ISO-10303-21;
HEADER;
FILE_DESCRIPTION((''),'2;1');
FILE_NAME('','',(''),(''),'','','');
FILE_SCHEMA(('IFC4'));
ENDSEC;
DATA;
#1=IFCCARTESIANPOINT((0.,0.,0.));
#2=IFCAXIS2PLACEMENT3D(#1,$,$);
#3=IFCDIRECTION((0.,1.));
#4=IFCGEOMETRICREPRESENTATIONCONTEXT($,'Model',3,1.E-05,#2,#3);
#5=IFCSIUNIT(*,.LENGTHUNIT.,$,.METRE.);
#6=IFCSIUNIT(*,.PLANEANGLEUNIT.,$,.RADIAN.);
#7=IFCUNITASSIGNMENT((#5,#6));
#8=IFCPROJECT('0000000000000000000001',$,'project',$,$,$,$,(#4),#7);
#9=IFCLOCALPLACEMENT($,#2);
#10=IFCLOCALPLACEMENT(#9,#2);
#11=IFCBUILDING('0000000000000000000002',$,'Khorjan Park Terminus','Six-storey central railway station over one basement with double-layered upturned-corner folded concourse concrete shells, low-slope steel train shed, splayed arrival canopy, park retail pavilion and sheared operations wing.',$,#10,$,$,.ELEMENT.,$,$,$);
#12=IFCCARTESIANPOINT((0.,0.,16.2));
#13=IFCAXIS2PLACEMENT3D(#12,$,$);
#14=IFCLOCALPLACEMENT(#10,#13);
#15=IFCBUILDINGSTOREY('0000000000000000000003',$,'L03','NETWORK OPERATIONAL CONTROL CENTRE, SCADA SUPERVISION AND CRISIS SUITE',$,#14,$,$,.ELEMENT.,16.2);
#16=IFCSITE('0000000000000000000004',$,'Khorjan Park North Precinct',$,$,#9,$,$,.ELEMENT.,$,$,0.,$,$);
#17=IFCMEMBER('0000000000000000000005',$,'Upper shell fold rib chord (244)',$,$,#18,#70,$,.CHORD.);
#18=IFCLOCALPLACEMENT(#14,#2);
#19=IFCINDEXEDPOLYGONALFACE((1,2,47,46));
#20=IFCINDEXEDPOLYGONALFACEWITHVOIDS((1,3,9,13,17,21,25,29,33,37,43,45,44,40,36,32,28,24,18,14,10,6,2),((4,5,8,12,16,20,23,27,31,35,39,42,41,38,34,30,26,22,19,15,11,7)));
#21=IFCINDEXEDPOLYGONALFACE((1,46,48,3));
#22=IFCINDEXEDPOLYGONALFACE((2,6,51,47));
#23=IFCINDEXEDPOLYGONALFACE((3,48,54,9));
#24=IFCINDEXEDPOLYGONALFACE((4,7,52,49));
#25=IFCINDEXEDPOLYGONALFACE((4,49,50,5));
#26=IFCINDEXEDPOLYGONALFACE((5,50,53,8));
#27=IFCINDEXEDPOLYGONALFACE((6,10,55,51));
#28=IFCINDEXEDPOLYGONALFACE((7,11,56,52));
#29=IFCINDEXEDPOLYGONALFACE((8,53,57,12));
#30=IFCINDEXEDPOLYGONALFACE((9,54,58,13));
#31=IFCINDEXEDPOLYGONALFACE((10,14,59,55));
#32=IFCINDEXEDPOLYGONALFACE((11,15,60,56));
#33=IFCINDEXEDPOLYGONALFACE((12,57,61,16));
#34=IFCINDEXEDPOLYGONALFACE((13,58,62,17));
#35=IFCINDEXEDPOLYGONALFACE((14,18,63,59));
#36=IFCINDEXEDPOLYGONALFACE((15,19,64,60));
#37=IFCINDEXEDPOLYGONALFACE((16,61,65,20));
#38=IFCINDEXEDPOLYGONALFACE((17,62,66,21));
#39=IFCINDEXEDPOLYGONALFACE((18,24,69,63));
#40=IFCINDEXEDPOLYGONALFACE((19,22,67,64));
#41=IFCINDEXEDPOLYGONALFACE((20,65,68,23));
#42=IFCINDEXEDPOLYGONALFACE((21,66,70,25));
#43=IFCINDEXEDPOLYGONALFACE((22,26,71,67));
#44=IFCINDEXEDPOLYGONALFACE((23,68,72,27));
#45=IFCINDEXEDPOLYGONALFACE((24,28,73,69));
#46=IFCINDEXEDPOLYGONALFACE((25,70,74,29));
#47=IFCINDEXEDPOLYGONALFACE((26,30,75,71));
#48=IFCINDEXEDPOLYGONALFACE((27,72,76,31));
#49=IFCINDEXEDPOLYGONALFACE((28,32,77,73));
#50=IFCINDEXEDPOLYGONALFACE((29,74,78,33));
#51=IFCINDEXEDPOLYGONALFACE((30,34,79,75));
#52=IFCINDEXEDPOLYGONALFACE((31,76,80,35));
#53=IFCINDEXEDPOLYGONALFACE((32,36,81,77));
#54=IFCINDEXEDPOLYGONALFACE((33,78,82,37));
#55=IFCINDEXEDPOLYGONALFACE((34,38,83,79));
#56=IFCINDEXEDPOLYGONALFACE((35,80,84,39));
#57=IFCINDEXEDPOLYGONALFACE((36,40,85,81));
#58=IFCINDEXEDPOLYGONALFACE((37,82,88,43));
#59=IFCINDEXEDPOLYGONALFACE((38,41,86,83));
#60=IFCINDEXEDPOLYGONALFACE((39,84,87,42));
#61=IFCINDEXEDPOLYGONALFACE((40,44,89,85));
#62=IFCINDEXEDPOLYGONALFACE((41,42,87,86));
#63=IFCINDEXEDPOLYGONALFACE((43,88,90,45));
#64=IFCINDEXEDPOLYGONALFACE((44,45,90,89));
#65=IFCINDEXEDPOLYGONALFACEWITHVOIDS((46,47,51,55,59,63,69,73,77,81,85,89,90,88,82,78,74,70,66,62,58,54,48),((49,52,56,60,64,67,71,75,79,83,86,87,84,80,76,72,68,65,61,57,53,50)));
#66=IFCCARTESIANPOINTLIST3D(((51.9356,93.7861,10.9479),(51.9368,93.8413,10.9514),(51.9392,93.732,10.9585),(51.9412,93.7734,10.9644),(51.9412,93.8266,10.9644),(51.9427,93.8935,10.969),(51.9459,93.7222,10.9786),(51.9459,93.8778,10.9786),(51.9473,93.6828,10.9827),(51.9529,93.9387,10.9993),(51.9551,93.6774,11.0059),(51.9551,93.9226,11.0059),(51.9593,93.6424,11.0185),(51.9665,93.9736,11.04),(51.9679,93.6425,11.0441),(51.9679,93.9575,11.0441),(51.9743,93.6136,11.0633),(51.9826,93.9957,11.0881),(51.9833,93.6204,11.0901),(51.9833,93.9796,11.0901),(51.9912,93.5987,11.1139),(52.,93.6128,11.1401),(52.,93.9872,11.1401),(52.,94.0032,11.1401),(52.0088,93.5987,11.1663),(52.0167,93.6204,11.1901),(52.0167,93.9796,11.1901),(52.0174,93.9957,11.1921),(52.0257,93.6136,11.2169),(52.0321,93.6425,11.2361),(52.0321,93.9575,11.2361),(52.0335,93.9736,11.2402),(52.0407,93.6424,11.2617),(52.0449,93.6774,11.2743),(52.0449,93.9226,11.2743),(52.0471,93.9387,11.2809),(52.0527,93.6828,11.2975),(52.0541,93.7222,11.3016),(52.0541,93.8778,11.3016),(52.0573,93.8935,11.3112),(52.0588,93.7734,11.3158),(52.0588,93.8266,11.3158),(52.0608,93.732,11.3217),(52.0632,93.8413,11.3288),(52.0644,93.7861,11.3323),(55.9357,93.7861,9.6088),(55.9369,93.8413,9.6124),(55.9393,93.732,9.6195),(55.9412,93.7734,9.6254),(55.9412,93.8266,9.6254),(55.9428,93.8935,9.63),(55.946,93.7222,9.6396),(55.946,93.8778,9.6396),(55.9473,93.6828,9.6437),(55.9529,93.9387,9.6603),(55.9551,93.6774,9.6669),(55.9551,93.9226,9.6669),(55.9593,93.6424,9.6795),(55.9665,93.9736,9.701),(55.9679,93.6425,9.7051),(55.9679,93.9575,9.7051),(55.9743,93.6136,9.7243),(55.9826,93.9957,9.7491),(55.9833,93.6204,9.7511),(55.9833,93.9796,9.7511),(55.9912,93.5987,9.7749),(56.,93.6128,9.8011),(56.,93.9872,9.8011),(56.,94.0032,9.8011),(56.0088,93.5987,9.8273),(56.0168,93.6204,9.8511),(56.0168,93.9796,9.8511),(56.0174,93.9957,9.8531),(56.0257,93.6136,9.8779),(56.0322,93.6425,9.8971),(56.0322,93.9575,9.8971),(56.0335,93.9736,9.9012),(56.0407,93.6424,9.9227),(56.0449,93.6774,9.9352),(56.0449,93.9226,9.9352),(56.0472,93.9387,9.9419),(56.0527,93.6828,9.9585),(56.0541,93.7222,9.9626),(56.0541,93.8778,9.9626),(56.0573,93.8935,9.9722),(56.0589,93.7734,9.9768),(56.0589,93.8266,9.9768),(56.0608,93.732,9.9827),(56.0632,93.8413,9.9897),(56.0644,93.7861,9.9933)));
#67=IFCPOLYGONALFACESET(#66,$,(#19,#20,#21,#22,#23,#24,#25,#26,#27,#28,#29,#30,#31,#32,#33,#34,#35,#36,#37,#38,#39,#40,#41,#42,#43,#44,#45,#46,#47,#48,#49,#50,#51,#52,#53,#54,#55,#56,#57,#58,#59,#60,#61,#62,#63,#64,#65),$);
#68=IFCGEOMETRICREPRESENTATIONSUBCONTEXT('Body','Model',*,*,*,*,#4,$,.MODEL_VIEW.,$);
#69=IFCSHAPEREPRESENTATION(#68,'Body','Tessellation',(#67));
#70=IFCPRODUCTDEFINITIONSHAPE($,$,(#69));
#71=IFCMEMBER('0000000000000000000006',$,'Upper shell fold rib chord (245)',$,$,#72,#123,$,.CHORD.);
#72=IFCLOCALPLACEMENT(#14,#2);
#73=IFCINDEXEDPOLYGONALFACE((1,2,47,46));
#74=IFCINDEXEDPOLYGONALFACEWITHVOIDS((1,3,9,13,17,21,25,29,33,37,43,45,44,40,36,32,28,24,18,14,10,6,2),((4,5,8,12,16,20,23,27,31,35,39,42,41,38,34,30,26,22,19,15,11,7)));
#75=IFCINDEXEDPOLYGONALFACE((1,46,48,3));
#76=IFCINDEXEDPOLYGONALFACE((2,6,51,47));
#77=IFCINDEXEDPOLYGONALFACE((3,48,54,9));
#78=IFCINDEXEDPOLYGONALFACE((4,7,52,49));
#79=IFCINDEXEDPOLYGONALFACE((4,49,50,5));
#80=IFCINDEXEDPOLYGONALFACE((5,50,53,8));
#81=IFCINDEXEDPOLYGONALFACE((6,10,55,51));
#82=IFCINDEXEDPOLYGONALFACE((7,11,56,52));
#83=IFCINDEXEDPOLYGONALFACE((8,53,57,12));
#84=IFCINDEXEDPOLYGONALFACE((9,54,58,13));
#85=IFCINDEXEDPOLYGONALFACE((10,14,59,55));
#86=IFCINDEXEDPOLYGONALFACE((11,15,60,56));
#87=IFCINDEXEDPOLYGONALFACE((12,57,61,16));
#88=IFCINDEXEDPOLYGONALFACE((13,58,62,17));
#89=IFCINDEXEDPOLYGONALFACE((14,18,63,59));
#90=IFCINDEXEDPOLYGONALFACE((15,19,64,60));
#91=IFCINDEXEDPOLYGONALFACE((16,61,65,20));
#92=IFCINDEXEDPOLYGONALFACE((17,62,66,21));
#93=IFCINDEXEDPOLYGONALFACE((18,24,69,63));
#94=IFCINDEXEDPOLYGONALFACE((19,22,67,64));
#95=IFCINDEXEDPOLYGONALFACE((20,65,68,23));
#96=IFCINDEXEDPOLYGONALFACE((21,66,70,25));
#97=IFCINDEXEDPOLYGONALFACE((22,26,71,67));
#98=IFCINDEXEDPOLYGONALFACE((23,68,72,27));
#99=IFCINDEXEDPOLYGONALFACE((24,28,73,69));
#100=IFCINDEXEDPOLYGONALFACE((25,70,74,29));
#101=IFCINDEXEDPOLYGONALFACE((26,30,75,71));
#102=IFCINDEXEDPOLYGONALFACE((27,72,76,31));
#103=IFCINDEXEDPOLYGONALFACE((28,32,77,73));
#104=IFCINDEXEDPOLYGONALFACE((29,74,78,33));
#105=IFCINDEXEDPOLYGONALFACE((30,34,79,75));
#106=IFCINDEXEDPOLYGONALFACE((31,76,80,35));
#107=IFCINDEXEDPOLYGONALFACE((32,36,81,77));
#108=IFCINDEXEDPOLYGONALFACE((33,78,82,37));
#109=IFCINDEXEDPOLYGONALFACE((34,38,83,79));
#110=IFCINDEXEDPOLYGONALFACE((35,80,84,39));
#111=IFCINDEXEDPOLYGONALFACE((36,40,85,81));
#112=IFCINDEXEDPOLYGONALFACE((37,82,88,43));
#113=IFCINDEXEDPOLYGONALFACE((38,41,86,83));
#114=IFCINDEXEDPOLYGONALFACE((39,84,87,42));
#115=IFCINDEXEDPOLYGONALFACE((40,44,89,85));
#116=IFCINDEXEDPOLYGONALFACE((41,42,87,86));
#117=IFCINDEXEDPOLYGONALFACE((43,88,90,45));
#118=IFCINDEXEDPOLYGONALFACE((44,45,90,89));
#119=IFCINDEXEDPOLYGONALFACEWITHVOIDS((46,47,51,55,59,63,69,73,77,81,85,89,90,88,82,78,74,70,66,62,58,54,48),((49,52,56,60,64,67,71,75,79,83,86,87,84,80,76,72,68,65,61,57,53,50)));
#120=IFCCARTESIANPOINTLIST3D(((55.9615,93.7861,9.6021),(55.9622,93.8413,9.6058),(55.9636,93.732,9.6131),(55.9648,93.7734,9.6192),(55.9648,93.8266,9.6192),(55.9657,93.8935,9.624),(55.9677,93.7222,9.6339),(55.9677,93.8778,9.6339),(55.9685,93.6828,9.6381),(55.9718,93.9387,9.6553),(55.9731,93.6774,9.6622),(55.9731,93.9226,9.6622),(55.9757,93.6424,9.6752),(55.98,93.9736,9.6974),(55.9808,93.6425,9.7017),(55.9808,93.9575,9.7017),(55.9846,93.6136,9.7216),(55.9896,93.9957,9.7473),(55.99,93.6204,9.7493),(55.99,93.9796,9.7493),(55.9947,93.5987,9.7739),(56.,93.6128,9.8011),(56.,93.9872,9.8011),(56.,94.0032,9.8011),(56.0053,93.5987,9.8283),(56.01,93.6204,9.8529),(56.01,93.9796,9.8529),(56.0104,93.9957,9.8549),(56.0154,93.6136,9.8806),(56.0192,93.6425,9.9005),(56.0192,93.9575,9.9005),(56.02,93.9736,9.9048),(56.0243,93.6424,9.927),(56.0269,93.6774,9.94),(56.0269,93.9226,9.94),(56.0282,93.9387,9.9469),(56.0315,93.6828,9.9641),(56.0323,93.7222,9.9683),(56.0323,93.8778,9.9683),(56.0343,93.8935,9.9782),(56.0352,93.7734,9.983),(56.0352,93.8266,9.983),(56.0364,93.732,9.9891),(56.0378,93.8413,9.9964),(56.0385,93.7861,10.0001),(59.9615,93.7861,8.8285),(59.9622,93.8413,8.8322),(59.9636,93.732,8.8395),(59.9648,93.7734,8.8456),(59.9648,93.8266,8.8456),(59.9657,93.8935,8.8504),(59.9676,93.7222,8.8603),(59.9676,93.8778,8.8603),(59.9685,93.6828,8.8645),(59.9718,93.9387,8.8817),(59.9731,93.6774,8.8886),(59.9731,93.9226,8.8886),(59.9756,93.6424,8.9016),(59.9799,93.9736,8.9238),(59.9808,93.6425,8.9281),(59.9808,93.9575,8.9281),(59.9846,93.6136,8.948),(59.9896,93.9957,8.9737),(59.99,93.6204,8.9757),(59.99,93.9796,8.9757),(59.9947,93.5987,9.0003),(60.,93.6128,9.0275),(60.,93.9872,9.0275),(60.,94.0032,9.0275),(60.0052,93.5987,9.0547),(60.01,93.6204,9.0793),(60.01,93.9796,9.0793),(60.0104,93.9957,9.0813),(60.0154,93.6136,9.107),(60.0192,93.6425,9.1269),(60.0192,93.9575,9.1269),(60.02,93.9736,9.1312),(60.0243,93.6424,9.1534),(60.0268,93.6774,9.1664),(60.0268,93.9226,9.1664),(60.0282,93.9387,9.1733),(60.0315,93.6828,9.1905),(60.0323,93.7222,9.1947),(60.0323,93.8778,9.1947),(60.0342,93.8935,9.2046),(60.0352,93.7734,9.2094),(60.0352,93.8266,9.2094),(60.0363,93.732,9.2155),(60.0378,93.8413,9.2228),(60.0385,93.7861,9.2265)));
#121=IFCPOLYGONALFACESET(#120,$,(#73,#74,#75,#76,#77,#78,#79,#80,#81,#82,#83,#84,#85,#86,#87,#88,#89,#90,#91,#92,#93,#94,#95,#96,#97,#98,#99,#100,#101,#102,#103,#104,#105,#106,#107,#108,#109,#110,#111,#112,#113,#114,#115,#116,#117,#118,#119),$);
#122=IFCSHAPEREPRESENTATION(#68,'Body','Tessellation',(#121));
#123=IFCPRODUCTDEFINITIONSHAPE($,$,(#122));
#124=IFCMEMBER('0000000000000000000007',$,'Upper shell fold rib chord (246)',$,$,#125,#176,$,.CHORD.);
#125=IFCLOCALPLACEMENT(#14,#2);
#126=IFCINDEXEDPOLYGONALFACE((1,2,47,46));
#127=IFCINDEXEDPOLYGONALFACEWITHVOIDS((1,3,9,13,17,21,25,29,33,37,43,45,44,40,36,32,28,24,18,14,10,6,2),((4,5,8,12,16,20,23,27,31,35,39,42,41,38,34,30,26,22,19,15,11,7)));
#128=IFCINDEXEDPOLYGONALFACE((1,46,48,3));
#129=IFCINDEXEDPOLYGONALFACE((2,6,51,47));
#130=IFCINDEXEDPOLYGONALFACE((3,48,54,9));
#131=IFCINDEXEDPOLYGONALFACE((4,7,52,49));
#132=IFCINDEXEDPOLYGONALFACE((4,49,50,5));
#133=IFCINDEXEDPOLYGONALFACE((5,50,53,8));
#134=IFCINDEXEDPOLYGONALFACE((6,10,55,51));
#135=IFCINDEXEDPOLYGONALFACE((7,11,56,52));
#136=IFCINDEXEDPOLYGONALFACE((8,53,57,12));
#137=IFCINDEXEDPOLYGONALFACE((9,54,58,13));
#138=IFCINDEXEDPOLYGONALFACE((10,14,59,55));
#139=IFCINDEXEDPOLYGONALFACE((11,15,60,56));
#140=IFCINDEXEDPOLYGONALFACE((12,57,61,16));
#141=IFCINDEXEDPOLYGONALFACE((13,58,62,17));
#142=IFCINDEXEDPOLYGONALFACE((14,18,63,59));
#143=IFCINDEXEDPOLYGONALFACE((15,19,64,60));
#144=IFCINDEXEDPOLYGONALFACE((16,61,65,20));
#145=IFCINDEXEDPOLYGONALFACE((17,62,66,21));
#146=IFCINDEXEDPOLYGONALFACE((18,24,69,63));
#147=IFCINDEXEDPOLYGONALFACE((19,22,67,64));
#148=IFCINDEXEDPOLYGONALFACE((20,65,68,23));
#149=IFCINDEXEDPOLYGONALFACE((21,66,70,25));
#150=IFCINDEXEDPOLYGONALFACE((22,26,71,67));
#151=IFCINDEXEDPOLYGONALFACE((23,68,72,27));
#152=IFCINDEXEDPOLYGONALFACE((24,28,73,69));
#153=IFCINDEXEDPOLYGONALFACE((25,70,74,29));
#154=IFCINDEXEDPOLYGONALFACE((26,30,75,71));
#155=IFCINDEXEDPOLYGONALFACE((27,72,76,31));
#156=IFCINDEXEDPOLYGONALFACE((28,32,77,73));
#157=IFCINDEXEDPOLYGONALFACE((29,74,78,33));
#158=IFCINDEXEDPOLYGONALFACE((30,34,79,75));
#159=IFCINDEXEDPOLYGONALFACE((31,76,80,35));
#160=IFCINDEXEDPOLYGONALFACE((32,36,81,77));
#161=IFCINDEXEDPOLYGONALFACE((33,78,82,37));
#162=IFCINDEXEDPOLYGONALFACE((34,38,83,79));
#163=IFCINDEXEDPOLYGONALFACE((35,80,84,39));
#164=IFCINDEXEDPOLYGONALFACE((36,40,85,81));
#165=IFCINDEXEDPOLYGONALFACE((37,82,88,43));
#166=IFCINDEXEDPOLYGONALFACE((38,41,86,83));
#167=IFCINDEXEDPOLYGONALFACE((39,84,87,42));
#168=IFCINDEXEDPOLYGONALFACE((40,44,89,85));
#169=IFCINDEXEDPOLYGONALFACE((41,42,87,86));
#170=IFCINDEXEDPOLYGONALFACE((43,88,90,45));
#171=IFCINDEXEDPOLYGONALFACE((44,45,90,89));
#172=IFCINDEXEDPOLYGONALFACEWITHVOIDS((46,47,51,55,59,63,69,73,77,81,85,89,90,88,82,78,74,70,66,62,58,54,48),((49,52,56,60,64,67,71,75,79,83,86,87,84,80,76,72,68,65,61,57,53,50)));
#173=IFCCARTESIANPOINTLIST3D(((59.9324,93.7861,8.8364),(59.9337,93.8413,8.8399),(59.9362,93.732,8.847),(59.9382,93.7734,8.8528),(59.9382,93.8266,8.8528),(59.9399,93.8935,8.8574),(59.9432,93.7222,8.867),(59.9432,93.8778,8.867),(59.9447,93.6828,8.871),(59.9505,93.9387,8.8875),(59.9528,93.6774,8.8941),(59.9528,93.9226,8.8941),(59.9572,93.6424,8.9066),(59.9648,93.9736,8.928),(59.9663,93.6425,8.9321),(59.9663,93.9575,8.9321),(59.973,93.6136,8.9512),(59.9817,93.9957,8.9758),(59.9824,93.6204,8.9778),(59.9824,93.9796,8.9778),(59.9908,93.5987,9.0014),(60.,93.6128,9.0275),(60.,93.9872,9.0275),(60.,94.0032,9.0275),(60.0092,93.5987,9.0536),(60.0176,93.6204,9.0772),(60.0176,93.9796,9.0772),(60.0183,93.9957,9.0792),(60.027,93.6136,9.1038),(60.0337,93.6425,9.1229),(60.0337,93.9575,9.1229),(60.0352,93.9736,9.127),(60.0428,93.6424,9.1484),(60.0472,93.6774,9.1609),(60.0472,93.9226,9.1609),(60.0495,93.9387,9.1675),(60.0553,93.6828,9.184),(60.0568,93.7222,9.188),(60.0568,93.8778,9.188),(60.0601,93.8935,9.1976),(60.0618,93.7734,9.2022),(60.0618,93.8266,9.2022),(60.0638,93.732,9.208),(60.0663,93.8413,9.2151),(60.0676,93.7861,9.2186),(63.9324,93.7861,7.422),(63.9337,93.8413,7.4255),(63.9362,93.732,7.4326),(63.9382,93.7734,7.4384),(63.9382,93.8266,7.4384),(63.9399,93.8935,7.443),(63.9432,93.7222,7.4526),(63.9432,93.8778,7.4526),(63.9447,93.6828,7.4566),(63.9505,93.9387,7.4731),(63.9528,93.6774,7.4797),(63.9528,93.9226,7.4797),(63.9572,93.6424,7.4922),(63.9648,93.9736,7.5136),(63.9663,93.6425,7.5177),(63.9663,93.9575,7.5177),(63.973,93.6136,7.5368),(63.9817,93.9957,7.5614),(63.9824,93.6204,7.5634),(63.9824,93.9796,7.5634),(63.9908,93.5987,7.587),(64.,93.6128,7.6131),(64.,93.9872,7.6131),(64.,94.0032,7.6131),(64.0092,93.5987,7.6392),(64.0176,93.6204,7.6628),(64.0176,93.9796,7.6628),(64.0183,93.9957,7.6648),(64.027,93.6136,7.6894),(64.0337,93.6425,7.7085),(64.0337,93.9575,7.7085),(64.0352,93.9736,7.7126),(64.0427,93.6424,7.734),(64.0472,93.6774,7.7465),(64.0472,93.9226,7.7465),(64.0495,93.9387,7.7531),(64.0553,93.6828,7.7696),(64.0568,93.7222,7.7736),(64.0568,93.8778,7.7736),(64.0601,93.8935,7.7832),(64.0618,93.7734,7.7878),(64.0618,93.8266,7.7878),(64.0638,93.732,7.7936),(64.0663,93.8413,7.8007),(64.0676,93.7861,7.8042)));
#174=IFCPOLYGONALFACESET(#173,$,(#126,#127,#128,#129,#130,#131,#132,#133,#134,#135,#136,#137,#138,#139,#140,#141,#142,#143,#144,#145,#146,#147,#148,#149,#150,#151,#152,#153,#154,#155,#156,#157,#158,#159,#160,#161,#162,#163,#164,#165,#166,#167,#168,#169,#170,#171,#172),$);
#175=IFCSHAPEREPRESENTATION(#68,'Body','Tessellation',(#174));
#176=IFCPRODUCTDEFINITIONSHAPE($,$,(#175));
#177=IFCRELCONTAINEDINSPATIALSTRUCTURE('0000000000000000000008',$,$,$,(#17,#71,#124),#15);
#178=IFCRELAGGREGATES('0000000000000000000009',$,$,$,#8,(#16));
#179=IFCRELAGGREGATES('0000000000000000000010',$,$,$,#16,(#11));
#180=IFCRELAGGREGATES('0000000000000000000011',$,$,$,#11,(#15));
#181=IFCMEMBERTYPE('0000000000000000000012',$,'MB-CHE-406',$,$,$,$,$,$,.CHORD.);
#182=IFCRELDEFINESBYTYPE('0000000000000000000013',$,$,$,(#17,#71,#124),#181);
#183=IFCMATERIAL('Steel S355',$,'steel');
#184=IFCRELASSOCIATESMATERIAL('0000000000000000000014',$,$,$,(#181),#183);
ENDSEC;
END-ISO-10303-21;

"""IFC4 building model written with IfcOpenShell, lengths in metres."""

from ifc_helpers import new_model, si_unit, direction, frame, origin, origin_2d, place, context, subcontext, project, spatial, hollow_circle, extrude, material, material_profile, profile_set, type_object, element, save


model = new_model("IFC4")

# Units and contexts
model_context = context("Model", 3, precision=1e-05, world=origin(), true_north=direction((0.0, 1.0)))
body_context = subcontext(model_context, "Body", "Model", "MODEL_VIEW")
ifc_project = project(units=[si_unit("LENGTHUNIT", "METRE"), si_unit("PLANEANGLEUNIT", "RADIAN")], contexts=[model_context])

# Site, building, storey
site_placement = place(None, origin())
site = spatial("IfcSite", under=ifc_project, at=site_placement, Name="Khorjan Park North Precinct", CompositionType="ELEMENT", RefElevation=0.0)
building_placement = place(site_placement, origin())
building = spatial("IfcBuilding", under=site, at=building_placement, Name="Khorjan Park Terminus", Description="Six-storey central railway station over one basement with double-layered upturned-corner folded concourse concrete shells, low-slope steel train shed, splayed arrival canopy, park retail pavilion and sheared operations wing.", CompositionType="ELEMENT")
storey_placement = place(building_placement, frame((0.0, 0.0, 16.2)))
storey = spatial("IfcBuildingStorey", under=building, at=storey_placement, Name="L03", Description="NETWORK OPERATIONAL CONTROL CENTRE, SCADA SUPERVISION AND CRISIS SUITE", CompositionType="ELEMENT", Elevation=16.2)

# Members
ifc_material_1 = material(Name="Steel S355", Category="steel")
ifc_material_profile_1 = material_profile(ifc_material_1, hollow_circle(Radius=0.2032, WallThickness=0.016, at=origin_2d()), Name="CHS 406.4x16")
ifc_profile_set_1 = profile_set([ifc_material_profile_1], Name="Steel S355")
member_type_1 = type_object("IfcMemberType", Name="MB-CHE-406", PredefinedType="CHORD", material=ifc_profile_set_1)
member_1_placement = place(storey_placement, frame((52.0, 93.8, 11.1401), z_axis=(0.94828, 0.0, -0.317437), x_axis=(0.0, 1.0, 0.0)))
element("IfcMember", 1, at=member_1_placement, inside=storey, type_object=member_type_1, Name="Upper shell fold rib chord (244)", PredefinedType="CHORD", context=body_context, shape_type="SweptSolid", body=[
    extrude(hollow_circle(Radius=0.2032, WallThickness=0.016, at=origin_2d()), origin(), (0.0, 0.0, 1.0), 4.2182),
])
member_2_placement = place(storey_placement, frame((56.0, 93.8, 9.8011), z_axis=(0.981807, 0.0, -0.189881), x_axis=(0.0, 1.0, 0.0)))
element("IfcMember", 2, at=member_2_placement, inside=storey, type_object=member_type_1, Name="Upper shell fold rib chord (245)", PredefinedType="CHORD", context=body_context, shape_type="SweptSolid", body=[
    extrude(hollow_circle(Radius=0.2032, WallThickness=0.016, at=origin_2d()), origin(), (0.0, 0.0, 1.0), 4.0741),
])
member_3_placement = place(storey_placement, frame((60.0, 93.8, 9.0275), z_axis=(0.942795, 0.0, -0.333372), x_axis=(0.0, 1.0, 0.0)))
element("IfcMember", 3, at=member_3_placement, inside=storey, type_object=member_type_1, Name="Upper shell fold rib chord (246)", PredefinedType="CHORD", context=body_context, shape_type="SweptSolid", body=[
    extrude(hollow_circle(Radius=0.2032, WallThickness=0.016, at=origin_2d()), origin(), (0.0, 0.0, 1.0), 4.2427),
])

save(model, "model.ifc")
